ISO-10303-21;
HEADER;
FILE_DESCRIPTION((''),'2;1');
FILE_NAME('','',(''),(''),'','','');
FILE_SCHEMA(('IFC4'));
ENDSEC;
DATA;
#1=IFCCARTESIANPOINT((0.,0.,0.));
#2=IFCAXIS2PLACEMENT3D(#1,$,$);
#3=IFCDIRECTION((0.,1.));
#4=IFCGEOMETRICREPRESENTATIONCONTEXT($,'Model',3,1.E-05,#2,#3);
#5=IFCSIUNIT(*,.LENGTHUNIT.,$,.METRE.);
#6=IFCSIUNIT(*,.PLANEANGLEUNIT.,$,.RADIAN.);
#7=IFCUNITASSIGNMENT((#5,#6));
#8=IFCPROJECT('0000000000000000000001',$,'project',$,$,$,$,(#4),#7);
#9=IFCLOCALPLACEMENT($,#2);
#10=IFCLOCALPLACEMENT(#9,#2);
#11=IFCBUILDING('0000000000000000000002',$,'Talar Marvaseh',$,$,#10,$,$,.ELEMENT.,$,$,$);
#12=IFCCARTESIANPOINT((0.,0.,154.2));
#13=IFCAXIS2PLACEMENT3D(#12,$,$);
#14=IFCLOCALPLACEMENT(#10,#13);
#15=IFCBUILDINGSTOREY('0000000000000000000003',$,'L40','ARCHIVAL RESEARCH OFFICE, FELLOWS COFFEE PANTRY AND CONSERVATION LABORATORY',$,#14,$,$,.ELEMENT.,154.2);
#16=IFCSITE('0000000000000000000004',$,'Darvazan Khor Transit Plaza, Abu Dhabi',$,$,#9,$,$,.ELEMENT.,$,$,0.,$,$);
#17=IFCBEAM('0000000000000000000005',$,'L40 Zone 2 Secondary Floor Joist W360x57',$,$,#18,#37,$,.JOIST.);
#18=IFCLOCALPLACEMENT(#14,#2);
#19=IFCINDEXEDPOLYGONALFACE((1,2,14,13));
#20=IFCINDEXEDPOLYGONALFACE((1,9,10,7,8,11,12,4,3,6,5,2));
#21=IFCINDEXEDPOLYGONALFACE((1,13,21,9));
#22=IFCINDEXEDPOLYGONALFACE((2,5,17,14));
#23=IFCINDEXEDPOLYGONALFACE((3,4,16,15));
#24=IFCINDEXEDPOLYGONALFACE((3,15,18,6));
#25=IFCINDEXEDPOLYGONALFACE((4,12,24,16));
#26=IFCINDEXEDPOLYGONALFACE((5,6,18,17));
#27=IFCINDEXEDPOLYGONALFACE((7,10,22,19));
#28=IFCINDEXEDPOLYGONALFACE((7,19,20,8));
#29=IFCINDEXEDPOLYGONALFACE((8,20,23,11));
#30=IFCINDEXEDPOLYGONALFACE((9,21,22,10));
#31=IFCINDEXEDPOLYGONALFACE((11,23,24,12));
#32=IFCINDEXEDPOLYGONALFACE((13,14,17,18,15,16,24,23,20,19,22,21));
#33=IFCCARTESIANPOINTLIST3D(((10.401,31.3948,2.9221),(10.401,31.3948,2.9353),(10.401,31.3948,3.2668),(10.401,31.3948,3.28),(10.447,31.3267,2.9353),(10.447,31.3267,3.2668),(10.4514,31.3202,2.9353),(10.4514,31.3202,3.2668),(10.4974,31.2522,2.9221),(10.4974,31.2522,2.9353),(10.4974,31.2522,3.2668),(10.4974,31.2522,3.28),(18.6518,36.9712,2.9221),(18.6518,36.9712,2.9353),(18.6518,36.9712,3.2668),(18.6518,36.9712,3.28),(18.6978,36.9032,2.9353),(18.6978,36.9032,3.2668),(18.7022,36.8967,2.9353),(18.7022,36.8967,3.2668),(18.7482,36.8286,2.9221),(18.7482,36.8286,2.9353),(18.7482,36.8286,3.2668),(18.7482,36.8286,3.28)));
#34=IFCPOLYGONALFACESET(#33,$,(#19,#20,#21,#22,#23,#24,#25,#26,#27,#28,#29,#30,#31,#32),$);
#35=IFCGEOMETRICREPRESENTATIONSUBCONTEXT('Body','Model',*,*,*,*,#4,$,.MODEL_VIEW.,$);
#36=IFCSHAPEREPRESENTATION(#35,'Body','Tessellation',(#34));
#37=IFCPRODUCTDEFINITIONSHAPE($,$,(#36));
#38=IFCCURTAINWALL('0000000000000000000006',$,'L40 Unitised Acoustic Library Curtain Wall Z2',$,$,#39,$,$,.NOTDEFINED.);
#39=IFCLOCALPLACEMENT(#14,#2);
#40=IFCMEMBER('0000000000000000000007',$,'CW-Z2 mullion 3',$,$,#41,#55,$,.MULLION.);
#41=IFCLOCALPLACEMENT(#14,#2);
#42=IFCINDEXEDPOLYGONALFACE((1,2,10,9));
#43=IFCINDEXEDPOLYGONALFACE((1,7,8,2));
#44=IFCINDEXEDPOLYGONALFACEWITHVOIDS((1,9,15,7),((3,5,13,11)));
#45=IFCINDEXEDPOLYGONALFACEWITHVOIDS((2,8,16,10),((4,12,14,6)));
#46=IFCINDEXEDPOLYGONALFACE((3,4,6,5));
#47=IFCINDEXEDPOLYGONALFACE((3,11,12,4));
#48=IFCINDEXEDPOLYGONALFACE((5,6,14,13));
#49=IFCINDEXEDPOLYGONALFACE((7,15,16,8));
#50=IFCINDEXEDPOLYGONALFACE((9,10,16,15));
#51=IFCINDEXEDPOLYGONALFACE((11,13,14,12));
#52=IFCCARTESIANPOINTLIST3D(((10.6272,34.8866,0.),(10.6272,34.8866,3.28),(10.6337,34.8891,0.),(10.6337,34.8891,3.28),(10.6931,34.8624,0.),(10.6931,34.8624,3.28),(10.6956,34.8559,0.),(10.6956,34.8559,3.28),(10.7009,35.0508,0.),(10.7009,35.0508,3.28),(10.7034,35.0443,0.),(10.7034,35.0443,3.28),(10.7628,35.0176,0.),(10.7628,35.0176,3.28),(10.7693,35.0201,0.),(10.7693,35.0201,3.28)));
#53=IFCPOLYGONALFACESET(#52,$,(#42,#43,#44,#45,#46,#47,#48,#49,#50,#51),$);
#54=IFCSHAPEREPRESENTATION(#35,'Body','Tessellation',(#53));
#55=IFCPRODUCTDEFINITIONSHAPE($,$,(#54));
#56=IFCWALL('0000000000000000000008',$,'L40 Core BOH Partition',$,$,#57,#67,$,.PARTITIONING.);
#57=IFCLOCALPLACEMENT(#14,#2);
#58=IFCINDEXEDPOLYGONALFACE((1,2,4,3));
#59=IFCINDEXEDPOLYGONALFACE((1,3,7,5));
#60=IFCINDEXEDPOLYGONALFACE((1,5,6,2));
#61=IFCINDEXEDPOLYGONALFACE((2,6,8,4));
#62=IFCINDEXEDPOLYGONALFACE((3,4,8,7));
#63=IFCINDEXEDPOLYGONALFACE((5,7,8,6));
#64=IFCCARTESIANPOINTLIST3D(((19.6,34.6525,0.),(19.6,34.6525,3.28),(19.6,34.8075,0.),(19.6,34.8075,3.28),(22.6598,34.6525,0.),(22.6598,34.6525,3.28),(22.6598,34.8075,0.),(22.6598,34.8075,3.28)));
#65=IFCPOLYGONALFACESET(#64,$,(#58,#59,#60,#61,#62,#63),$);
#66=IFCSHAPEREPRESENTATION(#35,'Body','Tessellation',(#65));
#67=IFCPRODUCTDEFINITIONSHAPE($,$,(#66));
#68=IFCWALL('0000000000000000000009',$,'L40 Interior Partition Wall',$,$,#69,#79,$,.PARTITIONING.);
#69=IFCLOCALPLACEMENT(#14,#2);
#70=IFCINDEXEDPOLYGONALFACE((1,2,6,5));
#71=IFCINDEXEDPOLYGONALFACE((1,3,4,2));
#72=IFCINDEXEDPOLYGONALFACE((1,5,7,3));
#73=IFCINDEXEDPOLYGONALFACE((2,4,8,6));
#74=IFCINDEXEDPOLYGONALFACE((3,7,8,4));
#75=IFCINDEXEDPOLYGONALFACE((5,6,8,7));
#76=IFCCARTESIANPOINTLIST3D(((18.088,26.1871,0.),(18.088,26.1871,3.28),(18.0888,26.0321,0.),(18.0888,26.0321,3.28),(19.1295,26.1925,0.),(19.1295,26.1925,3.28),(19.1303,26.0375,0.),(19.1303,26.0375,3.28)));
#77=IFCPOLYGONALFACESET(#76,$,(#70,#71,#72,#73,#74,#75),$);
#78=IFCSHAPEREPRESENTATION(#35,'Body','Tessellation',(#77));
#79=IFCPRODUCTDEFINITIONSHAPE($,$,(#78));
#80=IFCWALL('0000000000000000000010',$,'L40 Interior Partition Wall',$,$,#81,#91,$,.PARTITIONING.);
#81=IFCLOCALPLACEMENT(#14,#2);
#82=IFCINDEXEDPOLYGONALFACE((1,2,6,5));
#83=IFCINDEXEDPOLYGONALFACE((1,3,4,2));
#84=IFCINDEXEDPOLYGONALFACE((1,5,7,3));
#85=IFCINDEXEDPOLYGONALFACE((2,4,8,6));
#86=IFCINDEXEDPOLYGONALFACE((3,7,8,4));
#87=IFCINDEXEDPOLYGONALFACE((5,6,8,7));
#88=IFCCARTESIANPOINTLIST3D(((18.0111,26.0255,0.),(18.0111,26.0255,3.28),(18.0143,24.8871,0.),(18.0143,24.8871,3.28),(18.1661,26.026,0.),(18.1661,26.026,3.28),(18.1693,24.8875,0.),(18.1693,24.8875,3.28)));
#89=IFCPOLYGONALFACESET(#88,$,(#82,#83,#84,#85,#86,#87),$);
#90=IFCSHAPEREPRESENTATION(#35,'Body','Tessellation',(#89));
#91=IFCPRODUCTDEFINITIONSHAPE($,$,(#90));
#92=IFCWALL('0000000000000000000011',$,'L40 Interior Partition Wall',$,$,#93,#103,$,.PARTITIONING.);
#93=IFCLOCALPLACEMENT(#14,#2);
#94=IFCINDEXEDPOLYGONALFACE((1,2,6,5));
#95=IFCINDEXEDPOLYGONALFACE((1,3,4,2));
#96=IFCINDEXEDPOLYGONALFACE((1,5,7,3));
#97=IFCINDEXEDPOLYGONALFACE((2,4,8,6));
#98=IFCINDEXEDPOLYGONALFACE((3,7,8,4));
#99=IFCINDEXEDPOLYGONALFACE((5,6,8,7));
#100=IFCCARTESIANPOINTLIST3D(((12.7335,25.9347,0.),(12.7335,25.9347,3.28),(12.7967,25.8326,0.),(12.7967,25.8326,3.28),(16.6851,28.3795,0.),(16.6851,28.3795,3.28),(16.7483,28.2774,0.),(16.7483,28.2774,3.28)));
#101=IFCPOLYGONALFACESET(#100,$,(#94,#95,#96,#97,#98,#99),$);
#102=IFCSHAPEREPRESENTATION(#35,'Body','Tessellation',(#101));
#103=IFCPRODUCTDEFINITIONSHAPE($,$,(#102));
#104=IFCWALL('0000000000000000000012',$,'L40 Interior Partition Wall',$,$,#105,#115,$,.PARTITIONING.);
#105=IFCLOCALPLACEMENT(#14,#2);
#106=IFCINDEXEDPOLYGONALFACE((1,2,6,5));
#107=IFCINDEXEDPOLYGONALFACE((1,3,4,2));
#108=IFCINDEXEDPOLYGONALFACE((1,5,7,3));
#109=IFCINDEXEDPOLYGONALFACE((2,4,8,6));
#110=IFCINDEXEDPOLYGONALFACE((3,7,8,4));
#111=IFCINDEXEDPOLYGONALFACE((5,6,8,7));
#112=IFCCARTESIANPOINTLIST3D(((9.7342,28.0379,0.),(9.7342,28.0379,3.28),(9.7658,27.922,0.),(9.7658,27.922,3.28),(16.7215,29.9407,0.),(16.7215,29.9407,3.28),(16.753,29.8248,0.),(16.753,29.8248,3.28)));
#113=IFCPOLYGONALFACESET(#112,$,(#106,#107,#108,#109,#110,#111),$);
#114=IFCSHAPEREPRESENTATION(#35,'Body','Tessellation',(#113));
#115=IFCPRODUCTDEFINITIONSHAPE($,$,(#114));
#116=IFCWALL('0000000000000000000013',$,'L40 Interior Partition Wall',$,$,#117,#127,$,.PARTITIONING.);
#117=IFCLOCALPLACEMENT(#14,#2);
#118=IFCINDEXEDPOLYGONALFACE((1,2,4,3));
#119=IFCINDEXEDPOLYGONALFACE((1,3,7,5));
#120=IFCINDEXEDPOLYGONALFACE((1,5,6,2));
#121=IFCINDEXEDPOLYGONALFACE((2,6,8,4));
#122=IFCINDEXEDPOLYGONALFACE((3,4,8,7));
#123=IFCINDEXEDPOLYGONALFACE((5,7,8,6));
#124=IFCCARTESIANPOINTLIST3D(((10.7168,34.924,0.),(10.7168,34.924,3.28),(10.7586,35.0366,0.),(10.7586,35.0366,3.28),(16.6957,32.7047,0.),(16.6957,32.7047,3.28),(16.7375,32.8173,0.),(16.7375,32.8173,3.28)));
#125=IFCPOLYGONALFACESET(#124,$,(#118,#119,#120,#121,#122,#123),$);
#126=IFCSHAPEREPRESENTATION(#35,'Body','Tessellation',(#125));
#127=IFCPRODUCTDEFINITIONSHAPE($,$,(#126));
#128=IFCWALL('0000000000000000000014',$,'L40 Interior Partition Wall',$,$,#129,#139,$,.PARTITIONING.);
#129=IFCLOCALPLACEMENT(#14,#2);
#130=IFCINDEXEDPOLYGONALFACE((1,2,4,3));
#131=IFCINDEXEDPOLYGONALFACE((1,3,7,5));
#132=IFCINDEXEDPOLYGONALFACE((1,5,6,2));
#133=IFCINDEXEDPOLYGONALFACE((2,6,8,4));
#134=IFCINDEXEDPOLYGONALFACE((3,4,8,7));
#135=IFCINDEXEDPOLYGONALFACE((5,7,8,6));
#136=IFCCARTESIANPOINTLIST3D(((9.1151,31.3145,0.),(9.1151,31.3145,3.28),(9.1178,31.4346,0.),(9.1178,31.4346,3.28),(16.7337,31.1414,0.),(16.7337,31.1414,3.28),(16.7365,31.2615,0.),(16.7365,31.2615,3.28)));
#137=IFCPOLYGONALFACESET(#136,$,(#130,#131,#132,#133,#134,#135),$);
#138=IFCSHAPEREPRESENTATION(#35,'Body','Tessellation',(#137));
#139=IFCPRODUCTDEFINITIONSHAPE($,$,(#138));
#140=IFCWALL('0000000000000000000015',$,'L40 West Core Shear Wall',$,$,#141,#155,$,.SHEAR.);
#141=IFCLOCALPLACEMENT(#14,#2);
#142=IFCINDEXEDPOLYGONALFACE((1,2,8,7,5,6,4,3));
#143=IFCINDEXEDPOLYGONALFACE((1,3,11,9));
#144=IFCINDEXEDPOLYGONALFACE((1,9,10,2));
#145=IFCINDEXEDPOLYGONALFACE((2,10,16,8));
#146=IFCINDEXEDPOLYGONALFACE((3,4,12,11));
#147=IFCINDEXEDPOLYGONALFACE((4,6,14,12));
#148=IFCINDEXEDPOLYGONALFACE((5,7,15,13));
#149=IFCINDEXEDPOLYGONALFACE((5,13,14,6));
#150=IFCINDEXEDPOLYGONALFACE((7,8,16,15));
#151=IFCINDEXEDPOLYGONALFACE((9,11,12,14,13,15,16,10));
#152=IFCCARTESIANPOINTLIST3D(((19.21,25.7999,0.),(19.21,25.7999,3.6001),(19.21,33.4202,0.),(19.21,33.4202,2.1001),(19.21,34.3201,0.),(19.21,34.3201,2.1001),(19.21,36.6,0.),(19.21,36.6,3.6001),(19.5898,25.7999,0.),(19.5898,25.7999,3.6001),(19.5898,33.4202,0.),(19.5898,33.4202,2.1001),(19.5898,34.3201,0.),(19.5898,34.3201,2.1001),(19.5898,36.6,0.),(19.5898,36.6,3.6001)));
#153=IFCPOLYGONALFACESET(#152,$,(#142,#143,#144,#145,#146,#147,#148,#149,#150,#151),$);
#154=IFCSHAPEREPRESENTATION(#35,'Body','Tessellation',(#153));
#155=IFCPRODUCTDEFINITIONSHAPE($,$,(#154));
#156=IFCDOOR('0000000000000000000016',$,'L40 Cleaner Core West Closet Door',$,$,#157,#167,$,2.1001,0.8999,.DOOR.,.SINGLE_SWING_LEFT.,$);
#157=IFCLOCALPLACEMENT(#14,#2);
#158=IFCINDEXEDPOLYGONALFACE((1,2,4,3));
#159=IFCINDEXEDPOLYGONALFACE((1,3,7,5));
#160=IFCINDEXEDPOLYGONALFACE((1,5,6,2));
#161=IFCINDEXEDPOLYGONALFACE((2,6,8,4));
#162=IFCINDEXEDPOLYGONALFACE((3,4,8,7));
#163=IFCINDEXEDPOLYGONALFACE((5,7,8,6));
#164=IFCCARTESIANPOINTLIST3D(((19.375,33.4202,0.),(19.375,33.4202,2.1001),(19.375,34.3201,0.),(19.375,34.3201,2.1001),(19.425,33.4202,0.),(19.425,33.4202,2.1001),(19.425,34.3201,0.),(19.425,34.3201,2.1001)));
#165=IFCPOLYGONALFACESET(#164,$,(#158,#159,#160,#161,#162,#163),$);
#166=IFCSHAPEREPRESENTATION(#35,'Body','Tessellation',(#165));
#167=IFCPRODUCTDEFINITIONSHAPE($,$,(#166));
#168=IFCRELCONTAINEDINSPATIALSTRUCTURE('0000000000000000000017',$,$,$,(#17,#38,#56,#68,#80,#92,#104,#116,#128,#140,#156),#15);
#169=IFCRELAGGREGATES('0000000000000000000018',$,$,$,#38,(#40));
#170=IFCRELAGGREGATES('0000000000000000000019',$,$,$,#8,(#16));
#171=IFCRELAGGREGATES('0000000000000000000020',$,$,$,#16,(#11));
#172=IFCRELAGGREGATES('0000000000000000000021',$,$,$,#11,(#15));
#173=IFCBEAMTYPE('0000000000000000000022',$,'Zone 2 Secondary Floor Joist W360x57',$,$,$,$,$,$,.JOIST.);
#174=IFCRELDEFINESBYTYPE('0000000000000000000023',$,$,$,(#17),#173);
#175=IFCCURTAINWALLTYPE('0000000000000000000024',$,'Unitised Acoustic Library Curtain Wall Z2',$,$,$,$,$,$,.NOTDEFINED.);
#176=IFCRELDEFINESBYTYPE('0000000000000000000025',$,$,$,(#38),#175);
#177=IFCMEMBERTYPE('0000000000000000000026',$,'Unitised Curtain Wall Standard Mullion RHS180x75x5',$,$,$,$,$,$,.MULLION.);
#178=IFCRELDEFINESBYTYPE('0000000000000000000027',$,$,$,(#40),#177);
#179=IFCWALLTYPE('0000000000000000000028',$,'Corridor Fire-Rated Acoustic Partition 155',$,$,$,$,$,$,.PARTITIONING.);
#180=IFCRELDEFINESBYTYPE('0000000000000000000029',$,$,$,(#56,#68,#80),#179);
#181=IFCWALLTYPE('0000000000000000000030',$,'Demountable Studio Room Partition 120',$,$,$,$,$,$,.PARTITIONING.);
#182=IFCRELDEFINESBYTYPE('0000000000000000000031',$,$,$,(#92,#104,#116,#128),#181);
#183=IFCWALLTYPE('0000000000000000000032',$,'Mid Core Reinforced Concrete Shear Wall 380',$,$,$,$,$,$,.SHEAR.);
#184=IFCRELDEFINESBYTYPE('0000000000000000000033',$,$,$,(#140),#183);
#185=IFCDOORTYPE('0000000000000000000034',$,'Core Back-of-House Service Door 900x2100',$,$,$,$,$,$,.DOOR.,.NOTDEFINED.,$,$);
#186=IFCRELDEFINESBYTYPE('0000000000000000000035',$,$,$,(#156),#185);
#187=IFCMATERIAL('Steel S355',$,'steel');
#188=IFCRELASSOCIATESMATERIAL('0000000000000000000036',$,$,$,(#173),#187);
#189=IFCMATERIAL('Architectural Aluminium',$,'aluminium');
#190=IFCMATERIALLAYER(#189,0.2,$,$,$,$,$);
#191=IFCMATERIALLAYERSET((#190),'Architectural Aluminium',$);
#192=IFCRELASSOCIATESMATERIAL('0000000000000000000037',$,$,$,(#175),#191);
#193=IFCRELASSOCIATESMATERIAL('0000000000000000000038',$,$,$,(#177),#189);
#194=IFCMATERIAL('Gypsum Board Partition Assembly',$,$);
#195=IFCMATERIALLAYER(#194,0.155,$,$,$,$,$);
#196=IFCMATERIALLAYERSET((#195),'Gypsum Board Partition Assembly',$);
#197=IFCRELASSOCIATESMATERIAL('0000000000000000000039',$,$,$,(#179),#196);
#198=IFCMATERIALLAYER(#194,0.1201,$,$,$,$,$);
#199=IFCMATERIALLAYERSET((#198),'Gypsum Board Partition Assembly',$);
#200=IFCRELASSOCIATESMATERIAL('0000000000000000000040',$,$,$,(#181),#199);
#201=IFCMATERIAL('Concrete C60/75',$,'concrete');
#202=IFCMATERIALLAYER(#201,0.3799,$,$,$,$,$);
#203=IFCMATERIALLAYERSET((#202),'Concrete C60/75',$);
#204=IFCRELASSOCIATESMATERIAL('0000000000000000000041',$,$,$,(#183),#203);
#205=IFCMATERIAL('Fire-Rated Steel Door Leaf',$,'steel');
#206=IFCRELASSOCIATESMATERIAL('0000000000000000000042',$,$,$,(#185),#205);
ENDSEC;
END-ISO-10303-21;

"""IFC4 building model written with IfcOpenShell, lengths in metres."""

from ifc_helpers import new_model, si_unit, direction, frame, frame_2d, origin, origin_2d, place, context, subcontext, project, spatial, rectangle, hollow_rectangle, i_section, extrude, source, transform, mapped, material, layer, layer_set, material_profile, profile_set, type_object, type_shapes, element, fill, aggregate, save


model = new_model("IFC4")

# Units and contexts
model_context = context("Model", 3, precision=1e-05, world=origin(), true_north=direction((0.0, 1.0)))
body_context = subcontext(model_context, "Body", "Model", "MODEL_VIEW")
ifc_project = project(units=[si_unit("LENGTHUNIT", "METRE"), si_unit("PLANEANGLEUNIT", "RADIAN")], contexts=[model_context])

# Site, building, storey
site_placement = place(None, origin())
site = spatial("IfcSite", under=ifc_project, at=site_placement, Name="Darvazan Khor Transit Plaza, Abu Dhabi", CompositionType="ELEMENT", RefElevation=0.0)
building_placement = place(site_placement, origin())
building = spatial("IfcBuilding", under=site, at=building_placement, Name="Talar Marvaseh", CompositionType="ELEMENT")
storey_placement = place(building_placement, frame((0.0, 0.0, 154.2)))
storey = spatial("IfcBuildingStorey", under=building, at=storey_placement, Name="L40", Description="ARCHIVAL RESEARCH OFFICE, FELLOWS COFFEE PANTRY AND CONSERVATION LABORATORY", CompositionType="ELEMENT", Elevation=154.2)

# Beam
ifc_material_1 = material(Name="Steel S355", Category="steel")
ifc_material_profile_1 = material_profile(ifc_material_1, i_section(OverallWidth=0.1721, OverallDepth=0.3579, WebThickness=0.0078, FlangeThickness=0.0132, at=origin_2d()), Name="W360x57")
ifc_profile_set_1 = profile_set([ifc_material_profile_1], Name="Steel S355")
beam_type = type_object("IfcBeamType", Name="Zone 2 Secondary Floor Joist W360x57", PredefinedType="JOIST", material=ifc_profile_set_1)
beam_placement = place(storey_placement, frame((10.4492, 31.3235, 3.1011), z_axis=(0.828515, 0.559967, 0.0), x_axis=(-0.559967, 0.828515, 0.0)))
element("IfcBeam", 1, at=beam_placement, inside=storey, type_object=beam_type, Name="L40 Zone 2 Secondary Floor Joist W360x57", PredefinedType="JOIST", context=body_context, shape_type="SweptSolid", body=[
    extrude(i_section(OverallWidth=0.1721, OverallDepth=0.3579, WebThickness=0.0078, FlangeThickness=0.0132, at=origin_2d()), origin(), (0.0, 0.0, 1.0), 9.9585),
])

# Curtain wall, member
ifc_material_2 = material(Name="Architectural Aluminium", Category="aluminium")
ifc_layer_1 = layer(ifc_material_2, 0.2)
ifc_layer_set_1 = layer_set([ifc_layer_1], Name="Architectural Aluminium")
curtain_wall_type = type_object("IfcCurtainWallType", Name="Unitised Acoustic Library Curtain Wall Z2", PredefinedType="NOTDEFINED", material=ifc_layer_set_1)
curtain_wall_placement = place(storey_placement, origin())
curtain_wall = element("IfcCurtainWall", 2, at=curtain_wall_placement, inside=storey, type_object=curtain_wall_type, Name="L40 Unitised Acoustic Library Curtain Wall Z2", PredefinedType="NOTDEFINED")
ifc_material_profile_2 = material_profile(ifc_material_2, hollow_rectangle(XDim=0.075, YDim=0.1799, WallThickness=0.0049, at=origin_2d()), Name="RHS180x75x5")
ifc_profile_set_2 = profile_set([ifc_material_profile_2], Name="Architectural Aluminium")
member_type = type_object("IfcMemberType", Name="Unitised Curtain Wall Standard Mullion RHS180x75x5", PredefinedType="MULLION", material=ifc_profile_set_2)
shared_shape_1 = source(origin(), body_context, "Body", "SweptSolid", [
    extrude(hollow_rectangle(XDim=0.075, YDim=0.1799, WallThickness=0.0049, at=origin_2d()), origin(), (0.0, 0.0, 1.0), 3.28),
])
type_shapes(member_type, [shared_shape_1])
member_placement = place(storey_placement, frame((10.6982, 34.9534, 0.0), z_axis=(0.0, 0.0, 1.0), x_axis=(-0.912248, 0.409639, 0.0)))
member = element("IfcMember", 3, at=member_placement, type_object=member_type, Name="CW-Z2 mullion 3", PredefinedType="MULLION", context=body_context, shape_type="MappedRepresentation", body=[
    mapped(shared_shape_1, transform((0.0, 0.0, 0.0), x_axis=(1.0, 0.0, 0.0), y_axis=(0.0, 1.0, 0.0), z_axis=(0.0, 0.0, 1.0), scale=1.0)),
])
aggregate(curtain_wall, [member])

# Wall
ifc_material_3 = material(Name="Gypsum Board Partition Assembly")
ifc_layer_2 = layer(ifc_material_3, 0.155)
ifc_layer_set_2 = layer_set([ifc_layer_2], Name="Gypsum Board Partition Assembly")
wall_type_1 = type_object("IfcWallType", Name="Corridor Fire-Rated Acoustic Partition 155", PredefinedType="PARTITIONING", material=ifc_layer_set_2)
wall_1_placement = place(storey_placement, frame((19.6001, 34.73, 0.0), z_axis=(0.0, 0.0, 1.0), x_axis=(1.0, 0.0, 0.0)))
element("IfcWall", 4, at=wall_1_placement, inside=storey, type_object=wall_type_1, Name="L40 Core BOH Partition", PredefinedType="PARTITIONING", context=body_context, shape_type="SweptSolid", body=[
    extrude(rectangle(XDim=3.0598, YDim=0.155, at=frame_2d((1.5298, 0.0))), origin(), (0.0, 0.0, 1.0), 3.28),
])

# Walls
wall_2_placement = place(storey_placement, frame((19.1299, 26.115, 0.0), z_axis=(0.0, 0.0, 1.0), x_axis=(-0.999987, -0.005157, 0.0)))
element("IfcWall", 5, at=wall_2_placement, inside=storey, type_object=wall_type_1, Name="L40 Interior Partition Wall", PredefinedType="PARTITIONING", context=body_context, shape_type="SweptSolid", body=[
    extrude(rectangle(XDim=1.0415, YDim=0.155, at=frame_2d((0.5208, 0.0))), origin(), (0.0, 0.0, 1.0), 3.28),
])
wall_3_placement = place(storey_placement, frame((18.0886, 26.0259, 0.0), z_axis=(0.0, 0.0, 1.0), x_axis=(0.002788, -0.999996, 0.0)))
element("IfcWall", 6, at=wall_3_placement, inside=storey, type_object=wall_type_1, Name="L40 Interior Partition Wall", PredefinedType="PARTITIONING", context=body_context, shape_type="SweptSolid", body=[
    extrude(rectangle(XDim=1.1384, YDim=0.155, at=frame_2d((0.5693, 0.0))), origin(), (0.0, 0.0, 1.0), 3.28),
])
ifc_layer_3 = layer(ifc_material_3, 0.1201)
ifc_layer_set_3 = layer_set([ifc_layer_3], Name="Gypsum Board Partition Assembly")
wall_type_2 = type_object("IfcWallType", Name="Demountable Studio Room Partition 120", PredefinedType="PARTITIONING", material=ifc_layer_set_3)
wall_4_placement = place(storey_placement, frame((16.7166, 28.3284, 0.0), z_axis=(0.0, 0.0, 1.0), x_axis=(-0.850404, -0.52613, 0.0)))
element("IfcWall", 7, at=wall_4_placement, inside=storey, type_object=wall_type_2, Name="L40 Interior Partition Wall", PredefinedType="PARTITIONING", context=body_context, shape_type="SweptSolid", body=[
    extrude(rectangle(XDim=4.6467, YDim=0.1201, at=frame_2d((2.3232, 0.0))), origin(), (0.0, 0.0, 1.0), 3.28),
])
wall_5_placement = place(storey_placement, frame((9.75, 27.98, 0.0), z_axis=(0.0, 0.0, 1.0), x_axis=(0.964862, 0.262758, 0.0)))
element("IfcWall", 8, at=wall_5_placement, inside=storey, type_object=wall_type_2, Name="L40 Interior Partition Wall", PredefinedType="PARTITIONING", context=body_context, shape_type="SweptSolid", body=[
    extrude(rectangle(XDim=7.2417, YDim=0.1201, at=frame_2d((3.6208, 0.0))), origin(), (0.0, 0.0, 1.0), 3.28),
])
wall_6_placement = place(storey_placement, frame((16.7166, 32.761, 0.0), z_axis=(0.0, 0.0, 1.0), x_axis=(-0.937499, 0.347988, 0.0)))
element("IfcWall", 9, at=wall_6_placement, inside=storey, type_object=wall_type_2, Name="L40 Interior Partition Wall", PredefinedType="PARTITIONING", context=body_context, shape_type="SweptSolid", body=[
    extrude(rectangle(XDim=6.3774, YDim=0.1201, at=frame_2d((3.1887, 0.0))), origin(), (0.0, 0.0, 1.0), 3.28),
])
wall_7_placement = place(storey_placement, frame((16.7351, 31.2014, 0.0), z_axis=(0.0, 0.0, 1.0), x_axis=(-0.999742, 0.022714, 0.0)))
element("IfcWall", 10, at=wall_7_placement, inside=storey, type_object=wall_type_2, Name="L40 Interior Partition Wall", PredefinedType="PARTITIONING", context=body_context, shape_type="SweptSolid", body=[
    extrude(rectangle(XDim=7.6206, YDim=0.1201, at=frame_2d((3.8103, 0.0))), origin(), (0.0, 0.0, 1.0), 3.28),
])

# Wall, opening, door
ifc_material_4 = material(Name="Concrete C60/75", Category="concrete")
ifc_layer_4 = layer(ifc_material_4, 0.3799)
ifc_layer_set_4 = layer_set([ifc_layer_4], Name="Concrete C60/75")
wall_type_3 = type_object("IfcWallType", Name="Mid Core Reinforced Concrete Shear Wall 380", PredefinedType="SHEAR", material=ifc_layer_set_4)
wall_8_placement = place(storey_placement, frame((19.3999, 25.8, 0.0), z_axis=(0.0, 0.0, 1.0), x_axis=(0.0, 1.0, 0.0)))
wall_8 = element("IfcWall", 11, at=wall_8_placement, inside=storey, type_object=wall_type_3, Name="L40 West Core Shear Wall", PredefinedType="SHEAR", context=body_context, shape_type="SweptSolid", body=[
    extrude(rectangle(XDim=10.8, YDim=0.3799, at=frame_2d((5.3999, 0.0))), origin(), (0.0, 0.0, 1.0), 3.6001),
])
opening_1_placement = place(wall_8_placement, frame((7.6201, 0.0, 0.0)))
opening_1 = element("IfcOpeningElement", 12, at=opening_1_placement, cuts=wall_8, PredefinedType="OPENING", context=body_context, shape_type="SweptSolid", body=[
    extrude(rectangle(XDim=0.8999, YDim=2.1001, at=frame_2d((0.45, 1.05))), frame((0.0, 0.2, 0.0), z_axis=(0.0, -1.0, 0.0), x_axis=(1.0, 0.0, 0.0)), (0.0, 0.0, 1.0), 0.3999),
])
ifc_material_5 = material(Name="Fire-Rated Steel Door Leaf", Category="steel")
door_type_1 = type_object("IfcDoorType", Name="Core Back-of-House Service Door 900x2100", OperationType="NOTDEFINED", PredefinedType="DOOR", material=ifc_material_5)
shared_shape_2 = source(origin(), body_context, "Body", "SweptSolid", [
    extrude(rectangle(XDim=0.8999, YDim=2.1001, at=frame_2d((0.45, 1.05))), frame((0.0, 0.0249, 0.0), z_axis=(0.0, -1.0, 0.0), x_axis=(1.0, 0.0, 0.0)), (0.0, 0.0, 1.0), 0.05),
])
type_shapes(door_type_1, [shared_shape_2])
door_1_placement = place(opening_1_placement, origin())
door_1 = element("IfcDoor", 13, at=door_1_placement, inside=storey, type_object=door_type_1, Name="L40 Cleaner Core West Closet Door", OperationType="SINGLE_SWING_LEFT", OverallHeight=2.1001, OverallWidth=0.8999, PredefinedType="DOOR", context=body_context, shape_type="MappedRepresentation", body=[
    mapped(shared_shape_2, transform((0.0, 0.0, 0.0), x_axis=(1.0, 0.0, 0.0), y_axis=(0.0, 1.0, 0.0), z_axis=(0.0, 0.0, 1.0), scale=1.0)),
])
fill(opening_1, door_1)

save(model, "model.ifc")
